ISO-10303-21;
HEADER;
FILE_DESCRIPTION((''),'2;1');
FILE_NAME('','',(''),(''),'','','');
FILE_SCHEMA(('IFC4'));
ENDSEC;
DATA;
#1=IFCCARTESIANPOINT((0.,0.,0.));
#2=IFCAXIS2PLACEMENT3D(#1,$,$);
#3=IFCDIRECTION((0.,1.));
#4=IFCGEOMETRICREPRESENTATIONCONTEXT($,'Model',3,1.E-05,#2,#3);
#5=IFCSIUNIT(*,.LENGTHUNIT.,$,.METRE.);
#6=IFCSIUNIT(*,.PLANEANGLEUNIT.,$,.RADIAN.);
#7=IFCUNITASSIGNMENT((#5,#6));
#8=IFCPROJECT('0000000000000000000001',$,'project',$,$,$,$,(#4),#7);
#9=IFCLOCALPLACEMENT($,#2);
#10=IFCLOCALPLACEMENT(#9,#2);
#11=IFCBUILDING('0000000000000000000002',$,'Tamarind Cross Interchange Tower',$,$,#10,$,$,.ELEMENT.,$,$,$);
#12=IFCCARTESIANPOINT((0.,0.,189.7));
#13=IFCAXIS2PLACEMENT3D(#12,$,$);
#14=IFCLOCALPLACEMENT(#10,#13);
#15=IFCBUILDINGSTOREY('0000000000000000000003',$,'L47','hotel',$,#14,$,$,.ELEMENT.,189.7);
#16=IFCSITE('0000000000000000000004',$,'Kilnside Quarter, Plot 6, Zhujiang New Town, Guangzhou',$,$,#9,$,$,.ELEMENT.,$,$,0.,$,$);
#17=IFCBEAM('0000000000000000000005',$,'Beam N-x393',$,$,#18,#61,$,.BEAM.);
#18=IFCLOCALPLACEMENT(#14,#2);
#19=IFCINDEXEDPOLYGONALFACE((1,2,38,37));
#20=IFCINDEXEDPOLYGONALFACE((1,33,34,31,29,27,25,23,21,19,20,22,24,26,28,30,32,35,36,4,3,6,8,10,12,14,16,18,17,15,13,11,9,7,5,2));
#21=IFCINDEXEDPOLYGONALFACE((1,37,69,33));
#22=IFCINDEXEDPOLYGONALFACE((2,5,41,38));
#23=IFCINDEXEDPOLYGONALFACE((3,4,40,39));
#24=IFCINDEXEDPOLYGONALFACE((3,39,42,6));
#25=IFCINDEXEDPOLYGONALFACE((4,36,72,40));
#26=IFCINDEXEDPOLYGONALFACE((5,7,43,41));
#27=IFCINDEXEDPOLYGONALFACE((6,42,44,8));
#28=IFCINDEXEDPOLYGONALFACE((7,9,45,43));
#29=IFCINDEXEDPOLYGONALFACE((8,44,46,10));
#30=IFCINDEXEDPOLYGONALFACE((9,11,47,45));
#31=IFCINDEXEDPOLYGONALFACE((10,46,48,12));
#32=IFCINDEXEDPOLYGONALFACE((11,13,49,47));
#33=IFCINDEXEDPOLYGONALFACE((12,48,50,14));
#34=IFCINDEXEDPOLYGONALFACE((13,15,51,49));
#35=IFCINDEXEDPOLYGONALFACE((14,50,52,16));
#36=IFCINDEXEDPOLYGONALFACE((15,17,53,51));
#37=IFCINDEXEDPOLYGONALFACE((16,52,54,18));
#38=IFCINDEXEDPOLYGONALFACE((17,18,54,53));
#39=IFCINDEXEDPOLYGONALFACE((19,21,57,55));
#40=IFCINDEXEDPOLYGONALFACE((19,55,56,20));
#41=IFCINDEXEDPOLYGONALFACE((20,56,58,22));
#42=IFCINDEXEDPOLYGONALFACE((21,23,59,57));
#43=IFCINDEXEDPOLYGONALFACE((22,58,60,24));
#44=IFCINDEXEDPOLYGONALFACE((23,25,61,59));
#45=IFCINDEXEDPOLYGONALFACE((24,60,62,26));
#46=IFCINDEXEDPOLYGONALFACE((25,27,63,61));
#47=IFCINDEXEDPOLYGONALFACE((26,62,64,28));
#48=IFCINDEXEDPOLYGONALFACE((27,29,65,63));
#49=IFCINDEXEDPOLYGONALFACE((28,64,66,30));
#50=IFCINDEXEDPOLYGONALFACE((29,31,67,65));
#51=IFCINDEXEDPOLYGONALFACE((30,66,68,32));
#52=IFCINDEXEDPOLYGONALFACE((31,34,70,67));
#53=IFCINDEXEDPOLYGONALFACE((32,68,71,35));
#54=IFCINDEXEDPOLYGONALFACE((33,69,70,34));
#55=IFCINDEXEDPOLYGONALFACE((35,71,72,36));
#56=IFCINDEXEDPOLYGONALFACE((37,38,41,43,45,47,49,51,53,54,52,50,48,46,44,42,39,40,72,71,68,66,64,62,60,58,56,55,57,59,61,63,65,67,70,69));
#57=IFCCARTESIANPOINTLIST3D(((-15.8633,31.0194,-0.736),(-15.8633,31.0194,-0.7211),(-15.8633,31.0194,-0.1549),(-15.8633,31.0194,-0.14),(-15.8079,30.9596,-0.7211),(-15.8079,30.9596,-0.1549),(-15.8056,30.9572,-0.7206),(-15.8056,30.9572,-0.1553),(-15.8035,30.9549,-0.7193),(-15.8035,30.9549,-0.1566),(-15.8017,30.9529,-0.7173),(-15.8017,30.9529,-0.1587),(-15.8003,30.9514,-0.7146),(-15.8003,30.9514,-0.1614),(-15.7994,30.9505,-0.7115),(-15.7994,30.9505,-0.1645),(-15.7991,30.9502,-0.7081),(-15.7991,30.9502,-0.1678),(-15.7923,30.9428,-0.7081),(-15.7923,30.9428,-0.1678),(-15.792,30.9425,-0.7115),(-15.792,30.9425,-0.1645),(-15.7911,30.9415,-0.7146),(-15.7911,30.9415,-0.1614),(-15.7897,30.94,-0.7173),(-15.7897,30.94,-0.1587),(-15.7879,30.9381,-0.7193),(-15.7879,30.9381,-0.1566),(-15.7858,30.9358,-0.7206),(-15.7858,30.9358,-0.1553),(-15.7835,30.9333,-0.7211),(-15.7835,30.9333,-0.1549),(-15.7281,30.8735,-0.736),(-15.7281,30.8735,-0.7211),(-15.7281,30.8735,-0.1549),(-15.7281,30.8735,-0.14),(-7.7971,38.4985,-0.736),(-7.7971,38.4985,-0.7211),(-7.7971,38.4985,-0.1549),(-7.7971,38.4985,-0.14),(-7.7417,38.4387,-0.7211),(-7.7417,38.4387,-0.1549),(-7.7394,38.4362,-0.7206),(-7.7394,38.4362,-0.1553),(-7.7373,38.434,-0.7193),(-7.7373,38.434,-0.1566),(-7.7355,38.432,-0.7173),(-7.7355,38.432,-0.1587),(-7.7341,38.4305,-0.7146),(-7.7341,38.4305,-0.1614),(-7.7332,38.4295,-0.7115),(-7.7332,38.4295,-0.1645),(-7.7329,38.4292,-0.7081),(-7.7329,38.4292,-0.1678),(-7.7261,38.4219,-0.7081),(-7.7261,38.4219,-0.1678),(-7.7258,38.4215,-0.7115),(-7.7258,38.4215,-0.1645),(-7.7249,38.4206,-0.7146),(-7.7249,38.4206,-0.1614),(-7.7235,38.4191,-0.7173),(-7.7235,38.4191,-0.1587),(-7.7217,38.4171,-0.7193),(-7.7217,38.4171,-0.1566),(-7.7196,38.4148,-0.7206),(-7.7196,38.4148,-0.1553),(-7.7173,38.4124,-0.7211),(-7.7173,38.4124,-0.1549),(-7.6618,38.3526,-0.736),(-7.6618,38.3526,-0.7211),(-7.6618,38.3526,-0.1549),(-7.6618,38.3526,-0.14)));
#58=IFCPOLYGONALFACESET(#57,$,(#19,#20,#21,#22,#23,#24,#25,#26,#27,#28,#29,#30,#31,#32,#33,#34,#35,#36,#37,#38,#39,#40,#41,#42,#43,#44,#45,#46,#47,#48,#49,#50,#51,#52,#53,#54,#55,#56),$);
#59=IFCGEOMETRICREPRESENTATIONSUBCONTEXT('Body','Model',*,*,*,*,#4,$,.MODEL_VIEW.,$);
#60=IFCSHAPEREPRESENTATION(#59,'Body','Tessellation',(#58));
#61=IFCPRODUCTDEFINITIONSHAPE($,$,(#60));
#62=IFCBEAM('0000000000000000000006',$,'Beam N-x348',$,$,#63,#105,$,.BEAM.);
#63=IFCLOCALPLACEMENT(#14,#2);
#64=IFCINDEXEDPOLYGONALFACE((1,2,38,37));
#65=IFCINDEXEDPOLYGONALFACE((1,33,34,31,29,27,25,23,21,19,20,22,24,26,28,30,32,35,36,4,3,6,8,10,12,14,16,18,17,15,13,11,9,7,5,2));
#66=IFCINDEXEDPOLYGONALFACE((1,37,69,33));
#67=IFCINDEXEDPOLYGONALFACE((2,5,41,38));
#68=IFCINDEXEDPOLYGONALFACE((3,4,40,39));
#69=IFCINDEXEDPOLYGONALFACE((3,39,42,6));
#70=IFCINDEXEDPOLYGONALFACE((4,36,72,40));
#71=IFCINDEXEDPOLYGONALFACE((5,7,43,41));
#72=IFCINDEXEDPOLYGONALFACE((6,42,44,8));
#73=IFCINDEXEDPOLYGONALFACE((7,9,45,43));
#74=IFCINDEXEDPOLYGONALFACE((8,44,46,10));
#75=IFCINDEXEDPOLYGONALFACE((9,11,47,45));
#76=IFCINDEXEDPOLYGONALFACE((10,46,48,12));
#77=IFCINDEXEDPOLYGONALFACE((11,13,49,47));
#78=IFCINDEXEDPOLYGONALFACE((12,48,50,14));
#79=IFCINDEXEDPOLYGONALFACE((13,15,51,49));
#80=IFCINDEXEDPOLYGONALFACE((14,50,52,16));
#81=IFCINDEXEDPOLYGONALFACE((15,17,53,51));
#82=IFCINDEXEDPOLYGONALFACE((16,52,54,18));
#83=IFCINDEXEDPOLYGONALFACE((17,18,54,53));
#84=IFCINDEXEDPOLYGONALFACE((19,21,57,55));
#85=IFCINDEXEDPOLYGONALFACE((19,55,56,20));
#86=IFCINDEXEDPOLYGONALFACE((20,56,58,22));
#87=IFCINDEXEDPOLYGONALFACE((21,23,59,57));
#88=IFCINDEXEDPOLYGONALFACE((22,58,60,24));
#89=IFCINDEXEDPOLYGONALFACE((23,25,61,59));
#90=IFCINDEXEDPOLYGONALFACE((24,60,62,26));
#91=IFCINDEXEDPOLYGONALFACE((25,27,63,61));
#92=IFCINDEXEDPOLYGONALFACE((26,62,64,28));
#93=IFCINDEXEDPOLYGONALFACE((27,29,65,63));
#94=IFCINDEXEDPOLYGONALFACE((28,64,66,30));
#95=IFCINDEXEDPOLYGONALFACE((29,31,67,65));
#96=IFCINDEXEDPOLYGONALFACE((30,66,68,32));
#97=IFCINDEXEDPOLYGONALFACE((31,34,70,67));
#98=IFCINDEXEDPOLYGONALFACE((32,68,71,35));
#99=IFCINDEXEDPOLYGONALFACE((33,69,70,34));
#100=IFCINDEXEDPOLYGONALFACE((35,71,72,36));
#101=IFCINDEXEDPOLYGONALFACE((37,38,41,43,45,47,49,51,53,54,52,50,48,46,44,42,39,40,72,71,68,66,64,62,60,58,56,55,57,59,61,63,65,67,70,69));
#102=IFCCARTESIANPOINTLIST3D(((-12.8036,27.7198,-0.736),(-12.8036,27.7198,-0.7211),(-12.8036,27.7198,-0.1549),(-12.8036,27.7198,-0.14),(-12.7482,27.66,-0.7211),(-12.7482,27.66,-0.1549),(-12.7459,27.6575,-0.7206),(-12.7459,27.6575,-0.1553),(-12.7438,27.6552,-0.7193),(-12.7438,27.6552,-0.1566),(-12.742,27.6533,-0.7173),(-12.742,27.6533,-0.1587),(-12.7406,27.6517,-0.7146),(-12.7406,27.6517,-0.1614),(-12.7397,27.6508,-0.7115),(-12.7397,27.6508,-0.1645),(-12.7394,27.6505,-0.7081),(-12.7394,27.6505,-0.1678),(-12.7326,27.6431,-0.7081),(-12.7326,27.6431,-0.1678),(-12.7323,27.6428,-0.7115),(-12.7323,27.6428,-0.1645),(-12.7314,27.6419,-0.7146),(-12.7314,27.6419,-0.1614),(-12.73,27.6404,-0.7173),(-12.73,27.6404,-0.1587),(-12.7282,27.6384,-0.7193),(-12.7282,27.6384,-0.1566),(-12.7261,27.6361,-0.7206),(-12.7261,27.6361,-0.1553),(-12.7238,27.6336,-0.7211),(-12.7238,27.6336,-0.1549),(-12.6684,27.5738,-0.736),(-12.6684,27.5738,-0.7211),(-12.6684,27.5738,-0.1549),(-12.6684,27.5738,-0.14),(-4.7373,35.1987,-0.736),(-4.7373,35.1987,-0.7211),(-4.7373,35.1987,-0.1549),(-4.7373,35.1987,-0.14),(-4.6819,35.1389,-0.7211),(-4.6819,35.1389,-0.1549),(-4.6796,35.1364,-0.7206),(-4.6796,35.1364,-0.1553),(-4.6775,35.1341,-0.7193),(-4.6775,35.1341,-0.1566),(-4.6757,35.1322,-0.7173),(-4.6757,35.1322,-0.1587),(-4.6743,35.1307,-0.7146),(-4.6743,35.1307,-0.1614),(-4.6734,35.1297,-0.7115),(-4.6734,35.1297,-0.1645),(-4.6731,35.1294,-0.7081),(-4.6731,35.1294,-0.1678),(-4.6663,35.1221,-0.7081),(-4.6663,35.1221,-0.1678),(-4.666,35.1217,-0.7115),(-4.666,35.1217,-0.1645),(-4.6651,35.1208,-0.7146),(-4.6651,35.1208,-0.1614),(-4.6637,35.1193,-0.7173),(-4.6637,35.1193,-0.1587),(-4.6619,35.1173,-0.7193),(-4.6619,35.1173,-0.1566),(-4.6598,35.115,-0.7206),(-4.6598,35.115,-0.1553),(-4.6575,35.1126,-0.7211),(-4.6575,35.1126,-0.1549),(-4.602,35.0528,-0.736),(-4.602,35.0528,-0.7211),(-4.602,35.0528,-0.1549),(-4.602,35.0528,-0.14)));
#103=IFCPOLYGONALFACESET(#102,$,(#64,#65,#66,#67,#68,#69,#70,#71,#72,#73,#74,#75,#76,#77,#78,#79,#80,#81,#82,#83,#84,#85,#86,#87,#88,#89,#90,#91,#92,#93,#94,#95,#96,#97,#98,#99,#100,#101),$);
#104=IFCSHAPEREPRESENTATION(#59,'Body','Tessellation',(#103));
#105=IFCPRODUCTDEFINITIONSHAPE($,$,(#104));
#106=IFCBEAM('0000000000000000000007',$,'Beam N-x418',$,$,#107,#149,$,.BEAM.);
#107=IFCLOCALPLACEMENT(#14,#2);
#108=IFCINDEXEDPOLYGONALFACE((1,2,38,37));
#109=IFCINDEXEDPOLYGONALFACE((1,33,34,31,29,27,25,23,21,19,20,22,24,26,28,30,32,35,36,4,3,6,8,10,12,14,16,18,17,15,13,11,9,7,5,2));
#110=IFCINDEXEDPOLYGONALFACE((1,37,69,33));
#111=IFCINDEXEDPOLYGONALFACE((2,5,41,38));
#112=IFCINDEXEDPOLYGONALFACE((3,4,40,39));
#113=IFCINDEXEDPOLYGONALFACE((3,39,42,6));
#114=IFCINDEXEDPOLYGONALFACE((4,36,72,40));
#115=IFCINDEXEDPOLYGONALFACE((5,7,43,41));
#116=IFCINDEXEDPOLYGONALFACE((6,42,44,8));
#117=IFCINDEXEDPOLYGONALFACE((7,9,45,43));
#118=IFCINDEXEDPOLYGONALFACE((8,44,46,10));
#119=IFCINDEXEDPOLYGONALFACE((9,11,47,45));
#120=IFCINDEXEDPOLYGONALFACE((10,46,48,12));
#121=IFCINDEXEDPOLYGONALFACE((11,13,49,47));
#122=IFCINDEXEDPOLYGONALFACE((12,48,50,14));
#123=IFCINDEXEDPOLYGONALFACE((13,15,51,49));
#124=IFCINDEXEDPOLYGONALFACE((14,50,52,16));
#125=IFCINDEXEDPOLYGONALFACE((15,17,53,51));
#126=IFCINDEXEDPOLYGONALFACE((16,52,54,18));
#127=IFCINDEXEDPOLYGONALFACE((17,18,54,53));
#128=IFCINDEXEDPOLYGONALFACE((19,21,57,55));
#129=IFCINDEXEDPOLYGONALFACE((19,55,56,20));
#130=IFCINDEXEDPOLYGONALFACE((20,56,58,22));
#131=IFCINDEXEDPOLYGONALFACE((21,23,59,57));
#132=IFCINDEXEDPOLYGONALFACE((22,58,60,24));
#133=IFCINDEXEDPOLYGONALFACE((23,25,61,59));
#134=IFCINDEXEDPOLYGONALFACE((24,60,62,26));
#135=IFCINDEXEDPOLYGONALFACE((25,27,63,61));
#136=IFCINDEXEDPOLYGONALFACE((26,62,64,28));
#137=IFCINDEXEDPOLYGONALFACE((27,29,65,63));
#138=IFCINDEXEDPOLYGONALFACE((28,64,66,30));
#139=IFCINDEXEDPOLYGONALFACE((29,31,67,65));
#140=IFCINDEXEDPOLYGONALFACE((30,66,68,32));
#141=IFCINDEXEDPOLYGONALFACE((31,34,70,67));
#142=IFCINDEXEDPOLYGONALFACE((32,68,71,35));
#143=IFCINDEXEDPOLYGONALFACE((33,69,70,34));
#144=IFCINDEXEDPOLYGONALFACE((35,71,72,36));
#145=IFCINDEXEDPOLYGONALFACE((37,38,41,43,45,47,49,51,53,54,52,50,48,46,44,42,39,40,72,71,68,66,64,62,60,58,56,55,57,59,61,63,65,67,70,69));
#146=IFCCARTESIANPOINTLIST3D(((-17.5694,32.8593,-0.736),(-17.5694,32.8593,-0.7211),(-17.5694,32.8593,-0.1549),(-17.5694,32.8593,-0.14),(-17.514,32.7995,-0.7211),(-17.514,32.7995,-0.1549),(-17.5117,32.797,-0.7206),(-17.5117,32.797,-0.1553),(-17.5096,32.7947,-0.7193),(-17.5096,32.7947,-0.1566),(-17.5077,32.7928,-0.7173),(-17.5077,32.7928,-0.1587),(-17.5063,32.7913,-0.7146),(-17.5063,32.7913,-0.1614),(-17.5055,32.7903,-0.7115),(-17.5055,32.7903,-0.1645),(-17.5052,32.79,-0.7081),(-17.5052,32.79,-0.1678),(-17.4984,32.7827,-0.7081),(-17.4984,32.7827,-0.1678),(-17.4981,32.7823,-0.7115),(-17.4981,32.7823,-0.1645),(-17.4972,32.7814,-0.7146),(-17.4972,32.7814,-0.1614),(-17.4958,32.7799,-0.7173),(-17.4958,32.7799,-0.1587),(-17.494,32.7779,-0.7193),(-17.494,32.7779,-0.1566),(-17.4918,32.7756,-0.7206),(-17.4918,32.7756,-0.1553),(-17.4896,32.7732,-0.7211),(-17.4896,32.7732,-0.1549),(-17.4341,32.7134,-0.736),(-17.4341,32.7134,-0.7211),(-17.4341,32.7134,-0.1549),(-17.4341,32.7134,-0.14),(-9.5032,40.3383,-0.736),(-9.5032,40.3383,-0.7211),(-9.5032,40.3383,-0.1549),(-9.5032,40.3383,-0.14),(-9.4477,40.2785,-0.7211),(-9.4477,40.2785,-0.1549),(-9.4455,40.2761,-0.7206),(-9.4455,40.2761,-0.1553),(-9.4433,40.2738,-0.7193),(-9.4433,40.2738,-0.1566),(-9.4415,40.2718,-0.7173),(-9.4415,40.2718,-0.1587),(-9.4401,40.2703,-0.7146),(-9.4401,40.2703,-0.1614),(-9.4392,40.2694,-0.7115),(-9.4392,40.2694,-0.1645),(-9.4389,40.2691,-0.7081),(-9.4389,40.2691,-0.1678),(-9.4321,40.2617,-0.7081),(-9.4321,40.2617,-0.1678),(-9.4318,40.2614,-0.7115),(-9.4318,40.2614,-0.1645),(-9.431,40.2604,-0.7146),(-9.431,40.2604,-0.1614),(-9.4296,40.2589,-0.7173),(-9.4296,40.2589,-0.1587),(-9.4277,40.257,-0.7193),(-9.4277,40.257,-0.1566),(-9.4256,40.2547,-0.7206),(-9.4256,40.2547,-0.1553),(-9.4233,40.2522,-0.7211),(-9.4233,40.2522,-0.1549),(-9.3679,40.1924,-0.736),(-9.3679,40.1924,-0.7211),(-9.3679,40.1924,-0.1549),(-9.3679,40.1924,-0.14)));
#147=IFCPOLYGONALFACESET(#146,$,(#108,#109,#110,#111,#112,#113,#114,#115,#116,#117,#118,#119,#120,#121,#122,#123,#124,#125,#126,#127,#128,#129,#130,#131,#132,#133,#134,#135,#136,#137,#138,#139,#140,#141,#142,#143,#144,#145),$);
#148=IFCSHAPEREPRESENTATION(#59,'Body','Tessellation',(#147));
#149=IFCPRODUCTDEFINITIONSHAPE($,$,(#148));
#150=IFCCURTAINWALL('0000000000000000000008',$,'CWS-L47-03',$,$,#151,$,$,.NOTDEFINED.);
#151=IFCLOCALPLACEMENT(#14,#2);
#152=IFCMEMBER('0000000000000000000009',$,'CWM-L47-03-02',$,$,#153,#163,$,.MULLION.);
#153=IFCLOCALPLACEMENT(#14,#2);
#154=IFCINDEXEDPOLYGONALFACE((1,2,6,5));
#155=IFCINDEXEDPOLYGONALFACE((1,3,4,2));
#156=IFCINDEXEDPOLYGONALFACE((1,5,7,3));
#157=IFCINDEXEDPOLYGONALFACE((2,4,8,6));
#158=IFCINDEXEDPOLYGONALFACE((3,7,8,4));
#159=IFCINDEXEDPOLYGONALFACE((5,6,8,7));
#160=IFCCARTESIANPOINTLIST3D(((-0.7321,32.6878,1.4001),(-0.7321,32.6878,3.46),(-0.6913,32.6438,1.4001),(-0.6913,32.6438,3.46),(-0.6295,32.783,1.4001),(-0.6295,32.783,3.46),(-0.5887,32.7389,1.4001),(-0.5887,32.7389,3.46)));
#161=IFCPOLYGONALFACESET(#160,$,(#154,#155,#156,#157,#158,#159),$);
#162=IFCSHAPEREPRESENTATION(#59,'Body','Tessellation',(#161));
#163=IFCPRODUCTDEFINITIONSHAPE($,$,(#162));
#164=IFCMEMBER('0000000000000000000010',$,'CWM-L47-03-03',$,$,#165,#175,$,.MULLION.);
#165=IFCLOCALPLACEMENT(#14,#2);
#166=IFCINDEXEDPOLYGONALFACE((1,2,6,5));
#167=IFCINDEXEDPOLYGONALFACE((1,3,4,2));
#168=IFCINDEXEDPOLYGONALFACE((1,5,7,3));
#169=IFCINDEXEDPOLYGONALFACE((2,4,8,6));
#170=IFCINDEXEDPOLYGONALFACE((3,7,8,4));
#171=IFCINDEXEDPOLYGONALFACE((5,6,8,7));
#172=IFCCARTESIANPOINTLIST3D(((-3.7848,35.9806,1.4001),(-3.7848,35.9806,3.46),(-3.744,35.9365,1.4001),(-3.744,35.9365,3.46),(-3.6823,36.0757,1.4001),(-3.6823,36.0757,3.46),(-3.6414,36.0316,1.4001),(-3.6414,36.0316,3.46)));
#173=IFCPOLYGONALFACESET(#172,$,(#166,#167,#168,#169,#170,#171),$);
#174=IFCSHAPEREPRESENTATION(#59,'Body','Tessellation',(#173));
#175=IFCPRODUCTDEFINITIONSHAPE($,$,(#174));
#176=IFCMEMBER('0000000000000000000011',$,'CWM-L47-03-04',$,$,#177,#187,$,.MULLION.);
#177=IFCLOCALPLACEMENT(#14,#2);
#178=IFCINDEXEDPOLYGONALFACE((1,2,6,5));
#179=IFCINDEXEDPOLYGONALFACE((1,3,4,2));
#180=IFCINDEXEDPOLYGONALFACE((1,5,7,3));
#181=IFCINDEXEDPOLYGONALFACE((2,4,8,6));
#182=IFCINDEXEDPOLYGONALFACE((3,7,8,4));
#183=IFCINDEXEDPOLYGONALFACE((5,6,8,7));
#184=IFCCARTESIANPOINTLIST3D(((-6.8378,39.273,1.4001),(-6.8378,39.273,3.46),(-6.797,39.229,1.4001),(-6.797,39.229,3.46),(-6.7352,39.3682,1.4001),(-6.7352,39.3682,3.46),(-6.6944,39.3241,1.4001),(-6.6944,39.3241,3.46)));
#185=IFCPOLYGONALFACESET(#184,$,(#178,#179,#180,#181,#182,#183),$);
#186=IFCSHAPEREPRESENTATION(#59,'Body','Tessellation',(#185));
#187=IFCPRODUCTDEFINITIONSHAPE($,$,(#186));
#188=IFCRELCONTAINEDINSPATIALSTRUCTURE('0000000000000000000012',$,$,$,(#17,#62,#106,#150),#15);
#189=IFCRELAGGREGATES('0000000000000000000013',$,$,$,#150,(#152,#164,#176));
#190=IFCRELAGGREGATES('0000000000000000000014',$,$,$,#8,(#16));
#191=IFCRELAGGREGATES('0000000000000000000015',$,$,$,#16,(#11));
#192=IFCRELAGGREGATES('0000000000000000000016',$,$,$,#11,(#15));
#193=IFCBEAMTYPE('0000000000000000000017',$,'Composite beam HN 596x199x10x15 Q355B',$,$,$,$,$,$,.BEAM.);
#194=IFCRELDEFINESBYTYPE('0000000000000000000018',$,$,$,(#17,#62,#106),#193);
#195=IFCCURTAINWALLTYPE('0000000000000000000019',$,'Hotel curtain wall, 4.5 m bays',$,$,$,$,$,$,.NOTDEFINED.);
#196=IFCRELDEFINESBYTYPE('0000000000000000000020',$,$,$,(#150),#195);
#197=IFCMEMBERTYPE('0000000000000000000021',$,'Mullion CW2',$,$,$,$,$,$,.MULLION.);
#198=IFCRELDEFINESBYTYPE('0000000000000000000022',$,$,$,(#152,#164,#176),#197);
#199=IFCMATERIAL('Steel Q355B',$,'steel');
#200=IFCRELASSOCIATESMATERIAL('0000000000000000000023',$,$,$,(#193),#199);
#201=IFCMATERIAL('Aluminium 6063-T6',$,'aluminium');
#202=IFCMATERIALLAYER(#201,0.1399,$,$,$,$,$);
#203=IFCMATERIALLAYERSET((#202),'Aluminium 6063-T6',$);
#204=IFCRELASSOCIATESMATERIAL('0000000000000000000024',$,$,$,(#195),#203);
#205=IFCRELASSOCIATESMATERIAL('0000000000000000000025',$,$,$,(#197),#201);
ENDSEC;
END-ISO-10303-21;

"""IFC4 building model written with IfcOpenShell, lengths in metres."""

from ifc_helpers import new_model, si_unit, direction, frame, origin, origin_2d, place, context, subcontext, project, spatial, rectangle, i_section, extrude, material, layer, layer_set, material_profile, profile_set, type_object, element, aggregate, save


model = new_model("IFC4")

# Units and contexts
model_context = context("Model", 3, precision=1e-05, world=origin(), true_north=direction((0.0, 1.0)))
body_context = subcontext(model_context, "Body", "Model", "MODEL_VIEW")
ifc_project = project(units=[si_unit("LENGTHUNIT", "METRE"), si_unit("PLANEANGLEUNIT", "RADIAN")], contexts=[model_context])

# Site, building, storey
site_placement = place(None, origin())
site = spatial("IfcSite", under=ifc_project, at=site_placement, Name="Kilnside Quarter, Plot 6, Zhujiang New Town, Guangzhou", CompositionType="ELEMENT", RefElevation=0.0)
building_placement = place(site_placement, origin())
building = spatial("IfcBuilding", under=site, at=building_placement, Name="Tamarind Cross Interchange Tower", CompositionType="ELEMENT")
storey_placement = place(building_placement, frame((0.0, 0.0, 189.7)))
storey = spatial("IfcBuildingStorey", under=building, at=storey_placement, Name="L47", Description="hotel", CompositionType="ELEMENT", Elevation=189.7)

# Beams
ifc_material_1 = material(Name="Steel Q355B", Category="steel")
ifc_material_profile_1 = material_profile(ifc_material_1, i_section(OverallWidth=0.199, OverallDepth=0.5959, WebThickness=0.01, FlangeThickness=0.0149, FilletRadius=0.0129, at=origin_2d()), Name="HN 596x199x10x15")
ifc_profile_set_1 = profile_set([ifc_material_profile_1], Name="Steel Q355B")
beam_type_1 = type_object("IfcBeamType", Name="Composite beam HN 596x199x10x15 Q355B", PredefinedType="BEAM", material=ifc_profile_set_1)
for number, where, z_axis, x_axis, name in (
    (1, (-7.7295, 38.4255, -0.438), (-0.733292, -0.679914, 0.0), (0.679914, -0.733292, 0.0), "Beam N-x393"),
    (2, (-4.6697, 35.1257, -0.438), (-0.733302, -0.679903, 0.0), (0.679903, -0.733302, 0.0), "Beam N-x348"),
    (3, (-9.4355, 40.2654, -0.438), (-0.733292, -0.679914, 0.0), (0.679914, -0.733292, 0.0), "Beam N-x418"),
):
    element("IfcBeam", number, at=place(storey_placement, frame(where, z_axis=z_axis, x_axis=x_axis)), inside=storey, type_object=beam_type_1, Name=name, PredefinedType="BEAM", context=body_context, shape_type="SweptSolid", body=[
        extrude(i_section(OverallWidth=0.199, OverallDepth=0.5959, WebThickness=0.01, FlangeThickness=0.0149, FilletRadius=0.0129, at=origin_2d()), origin(), (0.0, 0.0, 1.0), 11.0),
    ])

# Curtain wall, members
ifc_material_2 = material(Name="Aluminium 6063-T6", Category="aluminium")
ifc_layer_1 = layer(ifc_material_2, 0.1399)
ifc_layer_set_1 = layer_set([ifc_layer_1], Name="Aluminium 6063-T6")
curtain_wall_type = type_object("IfcCurtainWallType", Name="Hotel curtain wall, 4.5 m bays", PredefinedType="NOTDEFINED", material=ifc_layer_set_1)
curtain_wall_placement = place(storey_placement, origin())
curtain_wall = element("IfcCurtainWall", 4, at=curtain_wall_placement, inside=storey, type_object=curtain_wall_type, Name="CWS-L47-03", PredefinedType="NOTDEFINED")
ifc_material_profile_2 = material_profile(ifc_material_2, rectangle(XDim=0.0601, YDim=0.1399, at=origin_2d()), Name="Mullion CW2")
ifc_profile_set_2 = profile_set([ifc_material_profile_2], Name="Aluminium 6063-T6")
member_type = type_object("IfcMemberType", Name="Mullion CW2", PredefinedType="MULLION", material=ifc_profile_set_2)
member_1_placement = place(storey_placement, frame((-0.6604, 32.7134, 1.4001), z_axis=(0.0, 0.0, 1.0), x_axis=(-0.679912, 0.733293, 0.0)))
member_1 = element("IfcMember", 5, at=member_1_placement, type_object=member_type, Name="CWM-L47-03-02", PredefinedType="MULLION", context=body_context, shape_type="SweptSolid", body=[
    extrude(rectangle(XDim=0.0601, YDim=0.1399, at=origin_2d()), origin(), (0.0, 0.0, 1.0), 2.0598),
])
member_2_placement = place(storey_placement, frame((-3.7131, 36.0061, 1.4001), z_axis=(0.0, 0.0, 1.0), x_axis=(-0.679912, 0.733293, 0.0)))
member_2 = element("IfcMember", 6, at=member_2_placement, type_object=member_type, Name="CWM-L47-03-03", PredefinedType="MULLION", context=body_context, shape_type="SweptSolid", body=[
    extrude(rectangle(XDim=0.0601, YDim=0.1399, at=origin_2d()), origin(), (0.0, 0.0, 1.0), 2.0598),
])
member_3_placement = place(storey_placement, frame((-6.7661, 39.2986, 1.4001), z_axis=(0.0, 0.0, 1.0), x_axis=(-0.679912, 0.733293, 0.0)))
member_3 = element("IfcMember", 7, at=member_3_placement, type_object=member_type, Name="CWM-L47-03-04", PredefinedType="MULLION", context=body_context, shape_type="SweptSolid", body=[
    extrude(rectangle(XDim=0.0601, YDim=0.1399, at=origin_2d()), origin(), (0.0, 0.0, 1.0), 2.0598),
])
aggregate(curtain_wall, [member_1, member_2, member_3])

save(model, "model.ifc")
